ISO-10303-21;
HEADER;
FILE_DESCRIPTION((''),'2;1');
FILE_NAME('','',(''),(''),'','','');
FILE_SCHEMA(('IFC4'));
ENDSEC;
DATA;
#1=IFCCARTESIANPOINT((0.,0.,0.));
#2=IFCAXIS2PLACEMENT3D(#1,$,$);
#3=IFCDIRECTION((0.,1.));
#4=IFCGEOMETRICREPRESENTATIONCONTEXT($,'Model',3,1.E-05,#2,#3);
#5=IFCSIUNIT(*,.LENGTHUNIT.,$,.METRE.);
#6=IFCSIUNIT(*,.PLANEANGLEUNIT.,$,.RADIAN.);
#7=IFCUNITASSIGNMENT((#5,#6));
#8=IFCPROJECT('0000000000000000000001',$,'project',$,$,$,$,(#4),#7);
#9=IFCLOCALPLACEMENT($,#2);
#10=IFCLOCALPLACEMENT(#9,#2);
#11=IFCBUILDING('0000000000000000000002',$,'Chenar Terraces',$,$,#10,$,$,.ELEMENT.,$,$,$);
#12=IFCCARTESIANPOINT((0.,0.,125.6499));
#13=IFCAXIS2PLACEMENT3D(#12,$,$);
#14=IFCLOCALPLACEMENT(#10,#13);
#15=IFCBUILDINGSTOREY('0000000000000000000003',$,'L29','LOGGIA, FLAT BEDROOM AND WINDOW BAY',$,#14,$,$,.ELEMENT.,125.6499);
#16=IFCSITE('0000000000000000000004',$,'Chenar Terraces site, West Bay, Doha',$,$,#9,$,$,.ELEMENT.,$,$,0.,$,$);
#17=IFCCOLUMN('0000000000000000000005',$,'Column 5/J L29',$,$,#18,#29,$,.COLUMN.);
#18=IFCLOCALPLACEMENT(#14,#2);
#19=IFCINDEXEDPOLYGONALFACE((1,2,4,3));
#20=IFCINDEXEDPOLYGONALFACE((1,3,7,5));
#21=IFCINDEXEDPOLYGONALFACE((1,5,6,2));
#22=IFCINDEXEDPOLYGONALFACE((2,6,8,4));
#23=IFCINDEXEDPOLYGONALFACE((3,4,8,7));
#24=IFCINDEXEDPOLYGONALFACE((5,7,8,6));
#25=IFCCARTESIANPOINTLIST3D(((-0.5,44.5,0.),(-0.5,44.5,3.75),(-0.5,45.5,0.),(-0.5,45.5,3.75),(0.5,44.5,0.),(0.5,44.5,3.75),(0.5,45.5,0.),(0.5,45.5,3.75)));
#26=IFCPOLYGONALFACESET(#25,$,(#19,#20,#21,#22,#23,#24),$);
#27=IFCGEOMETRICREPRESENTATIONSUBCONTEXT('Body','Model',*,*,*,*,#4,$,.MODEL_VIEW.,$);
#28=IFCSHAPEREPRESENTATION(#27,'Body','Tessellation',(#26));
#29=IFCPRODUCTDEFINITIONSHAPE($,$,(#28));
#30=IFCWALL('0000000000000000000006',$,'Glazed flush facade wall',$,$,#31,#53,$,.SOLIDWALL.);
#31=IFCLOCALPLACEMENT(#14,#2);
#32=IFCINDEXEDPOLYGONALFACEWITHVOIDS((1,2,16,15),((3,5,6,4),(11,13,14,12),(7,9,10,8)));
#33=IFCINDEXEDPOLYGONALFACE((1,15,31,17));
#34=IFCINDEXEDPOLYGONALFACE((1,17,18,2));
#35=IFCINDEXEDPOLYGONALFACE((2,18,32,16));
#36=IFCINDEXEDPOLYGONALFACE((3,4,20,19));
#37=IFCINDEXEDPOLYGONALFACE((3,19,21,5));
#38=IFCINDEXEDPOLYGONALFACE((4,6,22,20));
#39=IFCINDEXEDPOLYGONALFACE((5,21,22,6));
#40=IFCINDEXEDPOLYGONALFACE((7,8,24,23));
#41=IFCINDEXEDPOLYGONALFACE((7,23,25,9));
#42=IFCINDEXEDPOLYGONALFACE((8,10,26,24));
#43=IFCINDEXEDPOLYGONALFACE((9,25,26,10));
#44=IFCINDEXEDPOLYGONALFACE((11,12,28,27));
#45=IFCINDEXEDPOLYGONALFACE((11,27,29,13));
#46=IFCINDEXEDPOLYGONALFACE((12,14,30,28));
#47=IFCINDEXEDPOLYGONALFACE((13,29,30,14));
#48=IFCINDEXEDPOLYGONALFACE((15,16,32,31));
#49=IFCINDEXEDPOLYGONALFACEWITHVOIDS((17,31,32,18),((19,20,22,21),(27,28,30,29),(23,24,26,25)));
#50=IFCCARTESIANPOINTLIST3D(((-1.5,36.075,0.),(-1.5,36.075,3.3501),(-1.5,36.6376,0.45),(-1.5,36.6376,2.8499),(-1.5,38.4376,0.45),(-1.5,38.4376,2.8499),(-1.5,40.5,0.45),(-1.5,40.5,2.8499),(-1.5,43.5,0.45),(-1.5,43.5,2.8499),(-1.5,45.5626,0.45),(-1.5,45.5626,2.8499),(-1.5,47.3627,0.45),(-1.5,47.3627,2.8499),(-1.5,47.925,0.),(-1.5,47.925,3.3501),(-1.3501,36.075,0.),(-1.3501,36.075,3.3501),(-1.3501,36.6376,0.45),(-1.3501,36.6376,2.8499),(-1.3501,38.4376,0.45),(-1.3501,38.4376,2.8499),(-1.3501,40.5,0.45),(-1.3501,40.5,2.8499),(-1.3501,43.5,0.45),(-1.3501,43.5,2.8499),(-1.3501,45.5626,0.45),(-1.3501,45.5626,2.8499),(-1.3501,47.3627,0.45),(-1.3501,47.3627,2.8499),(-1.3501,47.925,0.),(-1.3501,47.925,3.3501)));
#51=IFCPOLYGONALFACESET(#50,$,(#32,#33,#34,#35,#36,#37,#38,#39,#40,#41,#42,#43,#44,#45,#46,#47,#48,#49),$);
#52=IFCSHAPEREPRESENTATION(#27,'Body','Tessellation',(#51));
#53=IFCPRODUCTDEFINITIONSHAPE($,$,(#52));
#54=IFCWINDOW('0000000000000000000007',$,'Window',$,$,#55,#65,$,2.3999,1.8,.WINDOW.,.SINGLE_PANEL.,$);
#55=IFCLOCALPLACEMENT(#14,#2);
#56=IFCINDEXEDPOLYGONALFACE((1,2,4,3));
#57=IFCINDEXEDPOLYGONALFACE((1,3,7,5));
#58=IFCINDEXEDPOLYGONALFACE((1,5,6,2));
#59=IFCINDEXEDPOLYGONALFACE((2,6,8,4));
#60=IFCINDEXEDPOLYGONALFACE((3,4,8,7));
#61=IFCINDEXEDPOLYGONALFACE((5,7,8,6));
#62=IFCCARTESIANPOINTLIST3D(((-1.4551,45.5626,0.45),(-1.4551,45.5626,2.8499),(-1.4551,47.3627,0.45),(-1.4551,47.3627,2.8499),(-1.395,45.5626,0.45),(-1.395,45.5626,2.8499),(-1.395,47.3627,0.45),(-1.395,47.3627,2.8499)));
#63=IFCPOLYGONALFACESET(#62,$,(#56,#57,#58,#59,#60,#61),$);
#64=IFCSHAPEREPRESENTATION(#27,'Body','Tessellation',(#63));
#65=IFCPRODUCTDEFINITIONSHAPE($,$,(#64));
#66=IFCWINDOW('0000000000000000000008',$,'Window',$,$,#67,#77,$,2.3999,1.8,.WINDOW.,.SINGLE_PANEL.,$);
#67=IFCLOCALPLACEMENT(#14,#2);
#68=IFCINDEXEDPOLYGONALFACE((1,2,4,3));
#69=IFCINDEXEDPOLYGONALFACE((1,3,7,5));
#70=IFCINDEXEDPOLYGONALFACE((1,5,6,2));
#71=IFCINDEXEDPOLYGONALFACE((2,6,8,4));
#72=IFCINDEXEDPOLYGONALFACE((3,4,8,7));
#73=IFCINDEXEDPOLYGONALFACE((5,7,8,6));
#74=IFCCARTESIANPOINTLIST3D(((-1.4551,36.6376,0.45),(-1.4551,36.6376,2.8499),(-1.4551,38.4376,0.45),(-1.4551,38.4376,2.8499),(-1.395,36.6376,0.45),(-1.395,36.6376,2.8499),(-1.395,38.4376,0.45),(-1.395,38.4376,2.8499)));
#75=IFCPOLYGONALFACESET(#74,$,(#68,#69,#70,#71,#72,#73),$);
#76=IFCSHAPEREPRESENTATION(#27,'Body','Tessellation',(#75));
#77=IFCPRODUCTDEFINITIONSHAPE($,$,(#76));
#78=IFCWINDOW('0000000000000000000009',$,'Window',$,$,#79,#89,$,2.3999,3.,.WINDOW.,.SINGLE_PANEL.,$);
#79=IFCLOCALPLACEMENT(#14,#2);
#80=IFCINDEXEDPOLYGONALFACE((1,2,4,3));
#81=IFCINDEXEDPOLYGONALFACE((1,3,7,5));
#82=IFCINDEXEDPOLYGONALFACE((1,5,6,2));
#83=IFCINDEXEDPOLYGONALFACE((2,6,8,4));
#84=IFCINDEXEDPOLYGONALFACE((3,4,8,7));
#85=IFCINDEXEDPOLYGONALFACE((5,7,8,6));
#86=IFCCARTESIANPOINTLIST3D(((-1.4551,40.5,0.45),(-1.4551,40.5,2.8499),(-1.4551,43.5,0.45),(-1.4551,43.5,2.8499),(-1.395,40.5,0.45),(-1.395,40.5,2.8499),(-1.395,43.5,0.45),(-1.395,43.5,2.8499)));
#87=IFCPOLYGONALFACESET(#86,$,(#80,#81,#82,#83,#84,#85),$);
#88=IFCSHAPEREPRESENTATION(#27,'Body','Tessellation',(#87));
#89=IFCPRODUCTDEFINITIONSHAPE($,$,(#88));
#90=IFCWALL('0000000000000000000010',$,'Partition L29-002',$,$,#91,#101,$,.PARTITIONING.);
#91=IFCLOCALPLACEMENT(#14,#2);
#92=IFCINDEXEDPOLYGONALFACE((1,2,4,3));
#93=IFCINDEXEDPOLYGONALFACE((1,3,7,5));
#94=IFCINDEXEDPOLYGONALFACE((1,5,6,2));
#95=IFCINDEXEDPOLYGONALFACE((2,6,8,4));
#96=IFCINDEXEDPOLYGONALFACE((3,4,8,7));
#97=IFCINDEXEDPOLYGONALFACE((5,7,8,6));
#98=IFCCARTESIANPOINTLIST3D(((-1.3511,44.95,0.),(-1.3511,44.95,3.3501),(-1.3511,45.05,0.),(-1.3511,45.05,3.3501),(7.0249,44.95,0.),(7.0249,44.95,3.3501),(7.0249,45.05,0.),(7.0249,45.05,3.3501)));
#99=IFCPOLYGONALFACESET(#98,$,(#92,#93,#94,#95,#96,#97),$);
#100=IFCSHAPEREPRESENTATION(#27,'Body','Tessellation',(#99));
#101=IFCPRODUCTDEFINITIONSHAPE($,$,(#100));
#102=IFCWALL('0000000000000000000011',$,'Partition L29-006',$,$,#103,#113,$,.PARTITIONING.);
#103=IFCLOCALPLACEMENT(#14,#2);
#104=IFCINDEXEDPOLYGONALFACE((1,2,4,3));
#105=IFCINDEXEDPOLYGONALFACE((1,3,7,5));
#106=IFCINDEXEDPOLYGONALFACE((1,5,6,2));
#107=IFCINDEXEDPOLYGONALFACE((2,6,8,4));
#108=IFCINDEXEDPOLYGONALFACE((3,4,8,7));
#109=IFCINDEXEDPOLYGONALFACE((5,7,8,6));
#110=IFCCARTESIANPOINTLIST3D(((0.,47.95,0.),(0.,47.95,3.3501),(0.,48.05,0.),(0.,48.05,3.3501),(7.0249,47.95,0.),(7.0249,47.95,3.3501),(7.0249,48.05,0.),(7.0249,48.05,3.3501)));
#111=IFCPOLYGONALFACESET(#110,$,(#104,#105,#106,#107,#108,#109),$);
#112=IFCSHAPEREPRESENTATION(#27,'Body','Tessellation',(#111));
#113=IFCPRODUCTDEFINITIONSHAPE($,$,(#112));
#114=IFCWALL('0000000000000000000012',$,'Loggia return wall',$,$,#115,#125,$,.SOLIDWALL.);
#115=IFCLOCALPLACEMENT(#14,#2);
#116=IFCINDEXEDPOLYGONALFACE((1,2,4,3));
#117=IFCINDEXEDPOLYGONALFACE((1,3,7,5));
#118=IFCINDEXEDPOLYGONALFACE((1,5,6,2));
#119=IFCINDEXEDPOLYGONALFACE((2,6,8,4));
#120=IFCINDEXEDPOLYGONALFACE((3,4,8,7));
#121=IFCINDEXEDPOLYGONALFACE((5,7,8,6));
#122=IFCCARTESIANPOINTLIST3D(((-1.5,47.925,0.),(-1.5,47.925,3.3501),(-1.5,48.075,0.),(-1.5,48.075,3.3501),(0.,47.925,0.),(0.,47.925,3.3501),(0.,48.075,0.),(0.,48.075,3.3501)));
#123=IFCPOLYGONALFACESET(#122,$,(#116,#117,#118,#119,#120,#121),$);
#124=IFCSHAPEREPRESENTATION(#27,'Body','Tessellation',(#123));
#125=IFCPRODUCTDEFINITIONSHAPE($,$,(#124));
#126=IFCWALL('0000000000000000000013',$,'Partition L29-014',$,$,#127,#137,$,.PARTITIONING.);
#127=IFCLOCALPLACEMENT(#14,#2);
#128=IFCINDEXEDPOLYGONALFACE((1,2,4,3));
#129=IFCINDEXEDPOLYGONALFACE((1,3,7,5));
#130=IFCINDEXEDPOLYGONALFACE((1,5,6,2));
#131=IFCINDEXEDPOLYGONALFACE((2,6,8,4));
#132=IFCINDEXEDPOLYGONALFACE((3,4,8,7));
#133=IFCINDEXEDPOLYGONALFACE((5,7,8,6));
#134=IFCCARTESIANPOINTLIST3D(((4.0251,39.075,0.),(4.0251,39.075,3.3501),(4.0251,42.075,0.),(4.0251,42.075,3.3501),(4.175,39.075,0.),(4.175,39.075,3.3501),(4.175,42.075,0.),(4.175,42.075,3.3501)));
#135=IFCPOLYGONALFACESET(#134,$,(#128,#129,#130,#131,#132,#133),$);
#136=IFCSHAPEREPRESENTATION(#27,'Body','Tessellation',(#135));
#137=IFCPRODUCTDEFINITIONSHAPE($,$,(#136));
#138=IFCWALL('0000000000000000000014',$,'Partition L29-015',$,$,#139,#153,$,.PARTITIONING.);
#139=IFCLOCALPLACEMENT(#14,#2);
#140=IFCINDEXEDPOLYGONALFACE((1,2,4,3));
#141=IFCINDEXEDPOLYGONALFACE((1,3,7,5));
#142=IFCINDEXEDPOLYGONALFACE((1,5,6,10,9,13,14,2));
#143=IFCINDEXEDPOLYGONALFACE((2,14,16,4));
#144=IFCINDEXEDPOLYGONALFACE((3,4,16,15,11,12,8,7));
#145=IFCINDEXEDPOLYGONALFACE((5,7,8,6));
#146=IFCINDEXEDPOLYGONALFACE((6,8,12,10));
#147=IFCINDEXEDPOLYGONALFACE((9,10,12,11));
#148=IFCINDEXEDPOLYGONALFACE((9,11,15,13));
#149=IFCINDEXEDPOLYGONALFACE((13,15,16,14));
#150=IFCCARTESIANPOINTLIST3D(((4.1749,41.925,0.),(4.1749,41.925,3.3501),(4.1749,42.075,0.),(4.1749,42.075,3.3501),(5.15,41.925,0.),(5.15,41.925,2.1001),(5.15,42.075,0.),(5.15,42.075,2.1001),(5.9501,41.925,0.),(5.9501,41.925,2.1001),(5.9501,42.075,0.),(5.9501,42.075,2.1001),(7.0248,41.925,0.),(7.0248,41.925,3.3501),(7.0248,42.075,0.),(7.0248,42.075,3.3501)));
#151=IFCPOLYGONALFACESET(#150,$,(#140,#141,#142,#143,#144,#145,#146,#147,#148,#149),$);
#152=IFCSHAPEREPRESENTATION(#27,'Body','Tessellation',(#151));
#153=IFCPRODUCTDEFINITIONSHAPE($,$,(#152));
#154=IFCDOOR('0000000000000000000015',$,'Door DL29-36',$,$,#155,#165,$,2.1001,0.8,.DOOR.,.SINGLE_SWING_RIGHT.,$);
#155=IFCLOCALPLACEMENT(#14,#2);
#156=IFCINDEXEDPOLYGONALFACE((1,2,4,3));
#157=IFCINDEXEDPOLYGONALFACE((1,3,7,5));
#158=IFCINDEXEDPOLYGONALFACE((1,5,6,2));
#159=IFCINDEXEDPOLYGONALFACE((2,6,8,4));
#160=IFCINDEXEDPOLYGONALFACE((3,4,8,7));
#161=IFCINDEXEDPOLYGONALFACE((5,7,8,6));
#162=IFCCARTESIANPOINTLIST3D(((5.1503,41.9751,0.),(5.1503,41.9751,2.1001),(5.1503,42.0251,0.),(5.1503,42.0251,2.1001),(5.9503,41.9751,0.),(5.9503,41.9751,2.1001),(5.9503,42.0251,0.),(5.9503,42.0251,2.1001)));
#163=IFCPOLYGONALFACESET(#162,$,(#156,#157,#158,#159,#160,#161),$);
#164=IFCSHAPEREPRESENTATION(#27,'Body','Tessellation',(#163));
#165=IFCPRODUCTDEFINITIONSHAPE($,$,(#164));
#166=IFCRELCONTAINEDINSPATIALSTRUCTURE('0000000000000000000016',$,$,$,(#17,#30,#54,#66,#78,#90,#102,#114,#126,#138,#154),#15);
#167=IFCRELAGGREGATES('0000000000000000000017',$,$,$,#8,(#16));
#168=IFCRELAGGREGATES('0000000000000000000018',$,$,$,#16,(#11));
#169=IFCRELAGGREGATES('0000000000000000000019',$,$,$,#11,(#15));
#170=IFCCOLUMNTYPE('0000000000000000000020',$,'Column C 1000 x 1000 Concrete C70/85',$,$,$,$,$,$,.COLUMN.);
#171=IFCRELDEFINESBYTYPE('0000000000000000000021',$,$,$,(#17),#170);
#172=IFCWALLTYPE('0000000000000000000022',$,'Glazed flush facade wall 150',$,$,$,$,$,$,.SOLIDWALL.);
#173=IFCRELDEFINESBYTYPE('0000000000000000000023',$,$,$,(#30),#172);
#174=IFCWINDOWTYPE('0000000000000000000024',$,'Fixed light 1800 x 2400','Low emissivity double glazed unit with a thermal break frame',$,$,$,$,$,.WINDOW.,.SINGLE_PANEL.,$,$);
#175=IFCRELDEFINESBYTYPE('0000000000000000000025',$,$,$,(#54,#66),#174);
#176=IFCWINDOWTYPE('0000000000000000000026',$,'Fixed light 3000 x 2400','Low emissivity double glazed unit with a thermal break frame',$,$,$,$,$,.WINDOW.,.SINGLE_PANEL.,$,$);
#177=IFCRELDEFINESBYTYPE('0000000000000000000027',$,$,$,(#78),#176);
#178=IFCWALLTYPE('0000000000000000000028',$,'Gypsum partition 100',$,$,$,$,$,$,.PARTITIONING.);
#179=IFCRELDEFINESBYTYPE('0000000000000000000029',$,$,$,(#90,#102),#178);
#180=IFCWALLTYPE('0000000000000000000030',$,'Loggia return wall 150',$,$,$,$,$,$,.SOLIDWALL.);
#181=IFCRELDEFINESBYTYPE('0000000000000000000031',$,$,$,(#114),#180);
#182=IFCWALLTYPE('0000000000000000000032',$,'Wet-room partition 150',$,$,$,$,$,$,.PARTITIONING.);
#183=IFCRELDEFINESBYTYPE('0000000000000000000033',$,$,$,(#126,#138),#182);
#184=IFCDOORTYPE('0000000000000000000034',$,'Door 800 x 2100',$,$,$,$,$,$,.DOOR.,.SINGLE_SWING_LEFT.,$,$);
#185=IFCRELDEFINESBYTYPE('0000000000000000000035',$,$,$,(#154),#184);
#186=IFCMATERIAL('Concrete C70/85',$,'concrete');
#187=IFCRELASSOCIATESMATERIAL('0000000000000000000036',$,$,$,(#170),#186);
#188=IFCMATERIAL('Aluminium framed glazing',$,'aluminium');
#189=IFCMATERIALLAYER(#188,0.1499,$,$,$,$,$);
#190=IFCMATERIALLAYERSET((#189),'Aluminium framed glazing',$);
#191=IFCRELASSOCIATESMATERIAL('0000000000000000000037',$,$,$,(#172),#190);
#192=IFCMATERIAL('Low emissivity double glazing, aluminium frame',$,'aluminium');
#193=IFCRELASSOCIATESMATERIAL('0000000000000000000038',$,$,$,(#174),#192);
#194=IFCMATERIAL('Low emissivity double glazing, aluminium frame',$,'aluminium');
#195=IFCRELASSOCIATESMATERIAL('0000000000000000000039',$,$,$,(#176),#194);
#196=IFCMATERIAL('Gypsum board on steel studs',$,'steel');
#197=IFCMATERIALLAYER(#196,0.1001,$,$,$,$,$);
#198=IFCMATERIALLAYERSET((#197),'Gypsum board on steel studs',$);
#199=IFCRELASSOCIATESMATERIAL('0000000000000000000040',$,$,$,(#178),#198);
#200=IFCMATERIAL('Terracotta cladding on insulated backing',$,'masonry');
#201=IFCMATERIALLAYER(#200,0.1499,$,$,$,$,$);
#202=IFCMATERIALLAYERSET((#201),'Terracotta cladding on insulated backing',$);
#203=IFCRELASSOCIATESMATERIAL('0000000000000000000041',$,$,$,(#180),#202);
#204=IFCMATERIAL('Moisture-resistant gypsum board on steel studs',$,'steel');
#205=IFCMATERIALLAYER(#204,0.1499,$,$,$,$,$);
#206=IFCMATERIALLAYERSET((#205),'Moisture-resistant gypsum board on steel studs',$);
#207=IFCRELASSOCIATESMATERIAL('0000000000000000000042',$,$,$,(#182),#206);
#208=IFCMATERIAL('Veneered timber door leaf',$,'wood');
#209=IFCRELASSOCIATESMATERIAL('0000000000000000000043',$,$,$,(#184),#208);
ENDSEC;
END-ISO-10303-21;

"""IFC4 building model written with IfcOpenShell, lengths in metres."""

from ifc_helpers import new_model, si_unit, direction, frame, frame_2d, origin, origin_2d, place, context, subcontext, project, spatial, rectangle, extrude, material, layer, layer_set, material_profile, profile_set, type_object, element, fill, save


model = new_model("IFC4")

# Units and contexts
model_context = context("Model", 3, precision=1e-05, world=origin(), true_north=direction((0.0, 1.0)))
body_context = subcontext(model_context, "Body", "Model", "MODEL_VIEW")
ifc_project = project(units=[si_unit("LENGTHUNIT", "METRE"), si_unit("PLANEANGLEUNIT", "RADIAN")], contexts=[model_context])

# Site, building, storey
site_placement = place(None, origin())
site = spatial("IfcSite", under=ifc_project, at=site_placement, Name="Chenar Terraces site, West Bay, Doha", CompositionType="ELEMENT", RefElevation=0.0)
building_placement = place(site_placement, origin())
building = spatial("IfcBuilding", under=site, at=building_placement, Name="Chenar Terraces", CompositionType="ELEMENT")
storey_placement = place(building_placement, frame((0.0, 0.0, 125.6499)))
storey = spatial("IfcBuildingStorey", under=building, at=storey_placement, Name="L29", Description="LOGGIA, FLAT BEDROOM AND WINDOW BAY", CompositionType="ELEMENT", Elevation=125.6499)

# Column
ifc_material_1 = material(Name="Concrete C70/85", Category="concrete")
ifc_material_profile = material_profile(ifc_material_1, rectangle(XDim=1.0, YDim=1.0, at=origin_2d()), Name="C 1000 x 1000")
ifc_profile_set = profile_set([ifc_material_profile], Name="Concrete C70/85")
column_type = type_object("IfcColumnType", Name="Column C 1000 x 1000 Concrete C70/85", PredefinedType="COLUMN", material=ifc_profile_set)
column_placement = place(storey_placement, frame((0.0, 45.0, 0.0), z_axis=(0.0, 0.0, 1.0), x_axis=(1.0, 0.0, 0.0)))
element("IfcColumn", 1, at=column_placement, inside=storey, type_object=column_type, Name="Column 5/J L29", PredefinedType="COLUMN", context=body_context, shape_type="SweptSolid", body=[
    extrude(rectangle(XDim=1.0, YDim=1.0, at=origin_2d()), origin(), (0.0, 0.0, 1.0), 3.75),
])

# Wall, openings, windows
ifc_material_2 = material(Name="Aluminium framed glazing", Category="aluminium")
ifc_layer_1 = layer(ifc_material_2, 0.1499)
ifc_layer_set_1 = layer_set([ifc_layer_1], Name="Aluminium framed glazing")
wall_type_1 = type_object("IfcWallType", Name="Glazed flush facade wall 150", PredefinedType="SOLIDWALL", material=ifc_layer_set_1)
wall_1_placement = place(storey_placement, frame((-1.425, 47.925, 0.0), z_axis=(0.0, 0.0, 1.0), x_axis=(0.0, -1.0, 0.0)))
wall_1 = element("IfcWall", 2, at=wall_1_placement, inside=storey, type_object=wall_type_1, Name="Glazed flush facade wall", PredefinedType="SOLIDWALL", context=body_context, shape_type="SweptSolid", body=[
    extrude(rectangle(XDim=11.8501, YDim=0.1499, at=frame_2d((5.925, 0.0))), origin(), (0.0, 0.0, 1.0), 3.3501),
])
opening_1_placement = place(wall_1_placement, frame((0.5625, 0.0, 0.45)))
opening_1 = element("IfcOpeningElement", 3, at=opening_1_placement, cuts=wall_1, PredefinedType="OPENING", context=body_context, shape_type="SweptSolid", body=[
    extrude(rectangle(XDim=1.8, YDim=2.3999, at=frame_2d((0.8999, 1.2))), frame((0.0, 0.085, 0.0), z_axis=(0.0, -1.0, 0.0), x_axis=(1.0, 0.0, 0.0)), (0.0, 0.0, 1.0), 0.1699),
])
opening_2_placement = place(wall_1_placement, frame((4.425, 0.0, 0.45)))
opening_2 = element("IfcOpeningElement", 4, at=opening_2_placement, cuts=wall_1, PredefinedType="OPENING", context=body_context, shape_type="SweptSolid", body=[
    extrude(rectangle(XDim=3.0, YDim=2.3999, at=frame_2d((1.5, 1.2))), frame((0.0, 0.085, 0.0), z_axis=(0.0, -1.0, 0.0), x_axis=(1.0, 0.0, 0.0)), (0.0, 0.0, 1.0), 0.1699),
])
opening_3_placement = place(wall_1_placement, frame((9.4875, 0.0, 0.45)))
opening_3 = element("IfcOpeningElement", 5, at=opening_3_placement, cuts=wall_1, PredefinedType="OPENING", context=body_context, shape_type="SweptSolid", body=[
    extrude(rectangle(XDim=1.8, YDim=2.3999, at=frame_2d((0.8999, 1.2))), frame((0.0, 0.085, 0.0), z_axis=(0.0, -1.0, 0.0), x_axis=(1.0, 0.0, 0.0)), (0.0, 0.0, 1.0), 0.1699),
])
ifc_material_3 = material(Name="Low emissivity double glazing, aluminium frame", Category="aluminium")
window_type_1 = type_object("IfcWindowType", Name="Fixed light 1800 x 2400", Description="Low emissivity double glazed unit with a thermal break frame", PartitioningType="SINGLE_PANEL", PredefinedType="WINDOW", material=ifc_material_3)
window_1_placement = place(opening_1_placement, origin())
window_1 = element("IfcWindow", 6, at=window_1_placement, inside=storey, type_object=window_type_1, Name="Window", OverallHeight=2.3999, OverallWidth=1.8, PartitioningType="SINGLE_PANEL", PredefinedType="WINDOW", context=body_context, shape_type="SweptSolid", body=[
    extrude(rectangle(XDim=1.8, YDim=2.3999, at=frame_2d((0.8999, 1.2))), frame((0.0, 0.03, 0.0), z_axis=(0.0, -1.0, 0.0), x_axis=(1.0, 0.0, 0.0)), (0.0, 0.0, 1.0), 0.0601),
])
fill(opening_1, window_1)
window_2_placement = place(opening_3_placement, origin())
window_2 = element("IfcWindow", 7, at=window_2_placement, inside=storey, type_object=window_type_1, Name="Window", OverallHeight=2.3999, OverallWidth=1.8, PartitioningType="SINGLE_PANEL", PredefinedType="WINDOW", context=body_context, shape_type="SweptSolid", body=[
    extrude(rectangle(XDim=1.8, YDim=2.3999, at=frame_2d((0.8999, 1.2))), frame((0.0, 0.03, 0.0), z_axis=(0.0, -1.0, 0.0), x_axis=(1.0, 0.0, 0.0)), (0.0, 0.0, 1.0), 0.0601),
])
fill(opening_3, window_2)
ifc_material_4 = material(Name="Low emissivity double glazing, aluminium frame", Category="aluminium")
window_type_2 = type_object("IfcWindowType", Name="Fixed light 3000 x 2400", Description="Low emissivity double glazed unit with a thermal break frame", PartitioningType="SINGLE_PANEL", PredefinedType="WINDOW", material=ifc_material_4)
window_3_placement = place(opening_2_placement, origin())
window_3 = element("IfcWindow", 8, at=window_3_placement, inside=storey, type_object=window_type_2, Name="Window", OverallHeight=2.3999, OverallWidth=3.0, PartitioningType="SINGLE_PANEL", PredefinedType="WINDOW", context=body_context, shape_type="SweptSolid", body=[
    extrude(rectangle(XDim=3.0, YDim=2.3999, at=frame_2d((1.5, 1.2))), frame((0.0, 0.03, 0.0), z_axis=(0.0, -1.0, 0.0), x_axis=(1.0, 0.0, 0.0)), (0.0, 0.0, 1.0), 0.0601),
])
fill(opening_2, window_3)

# Walls
ifc_material_5 = material(Name="Gypsum board on steel studs", Category="steel")
ifc_layer_2 = layer(ifc_material_5, 0.1001)
ifc_layer_set_2 = layer_set([ifc_layer_2], Name="Gypsum board on steel studs")
wall_type_2 = type_object("IfcWallType", Name="Gypsum partition 100", PredefinedType="PARTITIONING", material=ifc_layer_set_2)
wall_2_placement = place(storey_placement, frame((-1.3511, 45.0, 0.0), z_axis=(0.0, 0.0, 1.0), x_axis=(1.0, 0.0, 0.0)))
element("IfcWall", 9, at=wall_2_placement, inside=storey, type_object=wall_type_2, Name="Partition L29-002", PredefinedType="PARTITIONING", context=body_context, shape_type="SweptSolid", body=[
    extrude(rectangle(XDim=8.376, YDim=0.1001, at=frame_2d((4.188, 0.0))), origin(), (0.0, 0.0, 1.0), 3.3501),
])
wall_3_placement = place(storey_placement, frame((0.0, 48.0, 0.0), z_axis=(0.0, 0.0, 1.0), x_axis=(1.0, 0.0, 0.0)))
element("IfcWall", 10, at=wall_3_placement, inside=storey, type_object=wall_type_2, Name="Partition L29-006", PredefinedType="PARTITIONING", context=body_context, shape_type="SweptSolid", body=[
    extrude(rectangle(XDim=7.0249, YDim=0.1001, at=frame_2d((3.5125, 0.0))), origin(), (0.0, 0.0, 1.0), 3.3501),
])
ifc_material_6 = material(Name="Terracotta cladding on insulated backing", Category="masonry")
ifc_layer_3 = layer(ifc_material_6, 0.1499)
ifc_layer_set_3 = layer_set([ifc_layer_3], Name="Terracotta cladding on insulated backing")
wall_type_3 = type_object("IfcWallType", Name="Loggia return wall 150", PredefinedType="SOLIDWALL", material=ifc_layer_set_3)
wall_4_placement = place(storey_placement, frame((-1.5, 48.0, 0.0), z_axis=(0.0, 0.0, 1.0), x_axis=(1.0, 0.0, 0.0)))
element("IfcWall", 11, at=wall_4_placement, inside=storey, type_object=wall_type_3, Name="Loggia return wall", PredefinedType="SOLIDWALL", context=body_context, shape_type="SweptSolid", body=[
    extrude(rectangle(XDim=1.5, YDim=0.1499, at=frame_2d((0.75, 0.0))), origin(), (0.0, 0.0, 1.0), 3.3501),
])
ifc_material_7 = material(Name="Moisture-resistant gypsum board on steel studs", Category="steel")
ifc_layer_4 = layer(ifc_material_7, 0.1499)
ifc_layer_set_4 = layer_set([ifc_layer_4], Name="Moisture-resistant gypsum board on steel studs")
wall_type_4 = type_object("IfcWallType", Name="Wet-room partition 150", PredefinedType="PARTITIONING", material=ifc_layer_set_4)
wall_5_placement = place(storey_placement, frame((4.1001, 39.075, 0.0), z_axis=(0.0, 0.0, 1.0), x_axis=(0.0, 1.0, 0.0)))
element("IfcWall", 12, at=wall_5_placement, inside=storey, type_object=wall_type_4, Name="Partition L29-014", PredefinedType="PARTITIONING", context=body_context, shape_type="SweptSolid", body=[
    extrude(rectangle(XDim=3.0, YDim=0.1499, at=frame_2d((1.5, 0.0))), origin(), (0.0, 0.0, 1.0), 3.3501),
])

# Wall, opening, door
wall_6_placement = place(storey_placement, frame((4.175, 42.0, 0.0), z_axis=(0.0, 0.0, 1.0), x_axis=(1.0, 0.0, 0.0)))
wall_6 = element("IfcWall", 13, at=wall_6_placement, inside=storey, type_object=wall_type_4, Name="Partition L29-015", PredefinedType="PARTITIONING", context=body_context, shape_type="SweptSolid", body=[
    extrude(rectangle(XDim=2.8499, YDim=0.1499, at=frame_2d((1.4248, 0.0))), origin(), (0.0, 0.0, 1.0), 3.3501),
])
opening_4_placement = place(wall_6_placement, frame((0.9751, 0.0, 0.0)))
opening_4 = element("IfcOpeningElement", 14, at=opening_4_placement, cuts=wall_6, PredefinedType="OPENING", context=body_context, shape_type="SweptSolid", body=[
    extrude(rectangle(XDim=0.8, YDim=2.1001, at=frame_2d((0.3999, 1.05))), frame((0.0, 0.085, 0.0), z_axis=(0.0, -1.0, 0.0), x_axis=(1.0, 0.0, 0.0)), (0.0, 0.0, 1.0), 0.1699),
])
ifc_material_8 = material(Name="Veneered timber door leaf", Category="wood")
door_type_1 = type_object("IfcDoorType", Name="Door 800 x 2100", OperationType="SINGLE_SWING_LEFT", PredefinedType="DOOR", material=ifc_material_8)
door_1_placement = place(opening_4_placement, frame((0.8, 0.0, 0.0), z_axis=(0.0, 0.0, 1.0), x_axis=(-1.0, 0.0, 0.0)))
door_1 = element("IfcDoor", 15, at=door_1_placement, inside=storey, type_object=door_type_1, Name="Door DL29-36", OperationType="SINGLE_SWING_RIGHT", OverallHeight=2.1001, OverallWidth=0.8, PredefinedType="DOOR", context=body_context, shape_type="SweptSolid", body=[
    extrude(rectangle(XDim=0.8, YDim=2.1001, at=frame_2d((0.3999, 1.05))), frame((0.0, 0.0249, 0.0), z_axis=(0.0, -1.0, 0.0), x_axis=(1.0, 0.0, 0.0)), (0.0, 0.0, 1.0), 0.05),
])
fill(opening_4, door_1)

save(model, "model.ifc")
